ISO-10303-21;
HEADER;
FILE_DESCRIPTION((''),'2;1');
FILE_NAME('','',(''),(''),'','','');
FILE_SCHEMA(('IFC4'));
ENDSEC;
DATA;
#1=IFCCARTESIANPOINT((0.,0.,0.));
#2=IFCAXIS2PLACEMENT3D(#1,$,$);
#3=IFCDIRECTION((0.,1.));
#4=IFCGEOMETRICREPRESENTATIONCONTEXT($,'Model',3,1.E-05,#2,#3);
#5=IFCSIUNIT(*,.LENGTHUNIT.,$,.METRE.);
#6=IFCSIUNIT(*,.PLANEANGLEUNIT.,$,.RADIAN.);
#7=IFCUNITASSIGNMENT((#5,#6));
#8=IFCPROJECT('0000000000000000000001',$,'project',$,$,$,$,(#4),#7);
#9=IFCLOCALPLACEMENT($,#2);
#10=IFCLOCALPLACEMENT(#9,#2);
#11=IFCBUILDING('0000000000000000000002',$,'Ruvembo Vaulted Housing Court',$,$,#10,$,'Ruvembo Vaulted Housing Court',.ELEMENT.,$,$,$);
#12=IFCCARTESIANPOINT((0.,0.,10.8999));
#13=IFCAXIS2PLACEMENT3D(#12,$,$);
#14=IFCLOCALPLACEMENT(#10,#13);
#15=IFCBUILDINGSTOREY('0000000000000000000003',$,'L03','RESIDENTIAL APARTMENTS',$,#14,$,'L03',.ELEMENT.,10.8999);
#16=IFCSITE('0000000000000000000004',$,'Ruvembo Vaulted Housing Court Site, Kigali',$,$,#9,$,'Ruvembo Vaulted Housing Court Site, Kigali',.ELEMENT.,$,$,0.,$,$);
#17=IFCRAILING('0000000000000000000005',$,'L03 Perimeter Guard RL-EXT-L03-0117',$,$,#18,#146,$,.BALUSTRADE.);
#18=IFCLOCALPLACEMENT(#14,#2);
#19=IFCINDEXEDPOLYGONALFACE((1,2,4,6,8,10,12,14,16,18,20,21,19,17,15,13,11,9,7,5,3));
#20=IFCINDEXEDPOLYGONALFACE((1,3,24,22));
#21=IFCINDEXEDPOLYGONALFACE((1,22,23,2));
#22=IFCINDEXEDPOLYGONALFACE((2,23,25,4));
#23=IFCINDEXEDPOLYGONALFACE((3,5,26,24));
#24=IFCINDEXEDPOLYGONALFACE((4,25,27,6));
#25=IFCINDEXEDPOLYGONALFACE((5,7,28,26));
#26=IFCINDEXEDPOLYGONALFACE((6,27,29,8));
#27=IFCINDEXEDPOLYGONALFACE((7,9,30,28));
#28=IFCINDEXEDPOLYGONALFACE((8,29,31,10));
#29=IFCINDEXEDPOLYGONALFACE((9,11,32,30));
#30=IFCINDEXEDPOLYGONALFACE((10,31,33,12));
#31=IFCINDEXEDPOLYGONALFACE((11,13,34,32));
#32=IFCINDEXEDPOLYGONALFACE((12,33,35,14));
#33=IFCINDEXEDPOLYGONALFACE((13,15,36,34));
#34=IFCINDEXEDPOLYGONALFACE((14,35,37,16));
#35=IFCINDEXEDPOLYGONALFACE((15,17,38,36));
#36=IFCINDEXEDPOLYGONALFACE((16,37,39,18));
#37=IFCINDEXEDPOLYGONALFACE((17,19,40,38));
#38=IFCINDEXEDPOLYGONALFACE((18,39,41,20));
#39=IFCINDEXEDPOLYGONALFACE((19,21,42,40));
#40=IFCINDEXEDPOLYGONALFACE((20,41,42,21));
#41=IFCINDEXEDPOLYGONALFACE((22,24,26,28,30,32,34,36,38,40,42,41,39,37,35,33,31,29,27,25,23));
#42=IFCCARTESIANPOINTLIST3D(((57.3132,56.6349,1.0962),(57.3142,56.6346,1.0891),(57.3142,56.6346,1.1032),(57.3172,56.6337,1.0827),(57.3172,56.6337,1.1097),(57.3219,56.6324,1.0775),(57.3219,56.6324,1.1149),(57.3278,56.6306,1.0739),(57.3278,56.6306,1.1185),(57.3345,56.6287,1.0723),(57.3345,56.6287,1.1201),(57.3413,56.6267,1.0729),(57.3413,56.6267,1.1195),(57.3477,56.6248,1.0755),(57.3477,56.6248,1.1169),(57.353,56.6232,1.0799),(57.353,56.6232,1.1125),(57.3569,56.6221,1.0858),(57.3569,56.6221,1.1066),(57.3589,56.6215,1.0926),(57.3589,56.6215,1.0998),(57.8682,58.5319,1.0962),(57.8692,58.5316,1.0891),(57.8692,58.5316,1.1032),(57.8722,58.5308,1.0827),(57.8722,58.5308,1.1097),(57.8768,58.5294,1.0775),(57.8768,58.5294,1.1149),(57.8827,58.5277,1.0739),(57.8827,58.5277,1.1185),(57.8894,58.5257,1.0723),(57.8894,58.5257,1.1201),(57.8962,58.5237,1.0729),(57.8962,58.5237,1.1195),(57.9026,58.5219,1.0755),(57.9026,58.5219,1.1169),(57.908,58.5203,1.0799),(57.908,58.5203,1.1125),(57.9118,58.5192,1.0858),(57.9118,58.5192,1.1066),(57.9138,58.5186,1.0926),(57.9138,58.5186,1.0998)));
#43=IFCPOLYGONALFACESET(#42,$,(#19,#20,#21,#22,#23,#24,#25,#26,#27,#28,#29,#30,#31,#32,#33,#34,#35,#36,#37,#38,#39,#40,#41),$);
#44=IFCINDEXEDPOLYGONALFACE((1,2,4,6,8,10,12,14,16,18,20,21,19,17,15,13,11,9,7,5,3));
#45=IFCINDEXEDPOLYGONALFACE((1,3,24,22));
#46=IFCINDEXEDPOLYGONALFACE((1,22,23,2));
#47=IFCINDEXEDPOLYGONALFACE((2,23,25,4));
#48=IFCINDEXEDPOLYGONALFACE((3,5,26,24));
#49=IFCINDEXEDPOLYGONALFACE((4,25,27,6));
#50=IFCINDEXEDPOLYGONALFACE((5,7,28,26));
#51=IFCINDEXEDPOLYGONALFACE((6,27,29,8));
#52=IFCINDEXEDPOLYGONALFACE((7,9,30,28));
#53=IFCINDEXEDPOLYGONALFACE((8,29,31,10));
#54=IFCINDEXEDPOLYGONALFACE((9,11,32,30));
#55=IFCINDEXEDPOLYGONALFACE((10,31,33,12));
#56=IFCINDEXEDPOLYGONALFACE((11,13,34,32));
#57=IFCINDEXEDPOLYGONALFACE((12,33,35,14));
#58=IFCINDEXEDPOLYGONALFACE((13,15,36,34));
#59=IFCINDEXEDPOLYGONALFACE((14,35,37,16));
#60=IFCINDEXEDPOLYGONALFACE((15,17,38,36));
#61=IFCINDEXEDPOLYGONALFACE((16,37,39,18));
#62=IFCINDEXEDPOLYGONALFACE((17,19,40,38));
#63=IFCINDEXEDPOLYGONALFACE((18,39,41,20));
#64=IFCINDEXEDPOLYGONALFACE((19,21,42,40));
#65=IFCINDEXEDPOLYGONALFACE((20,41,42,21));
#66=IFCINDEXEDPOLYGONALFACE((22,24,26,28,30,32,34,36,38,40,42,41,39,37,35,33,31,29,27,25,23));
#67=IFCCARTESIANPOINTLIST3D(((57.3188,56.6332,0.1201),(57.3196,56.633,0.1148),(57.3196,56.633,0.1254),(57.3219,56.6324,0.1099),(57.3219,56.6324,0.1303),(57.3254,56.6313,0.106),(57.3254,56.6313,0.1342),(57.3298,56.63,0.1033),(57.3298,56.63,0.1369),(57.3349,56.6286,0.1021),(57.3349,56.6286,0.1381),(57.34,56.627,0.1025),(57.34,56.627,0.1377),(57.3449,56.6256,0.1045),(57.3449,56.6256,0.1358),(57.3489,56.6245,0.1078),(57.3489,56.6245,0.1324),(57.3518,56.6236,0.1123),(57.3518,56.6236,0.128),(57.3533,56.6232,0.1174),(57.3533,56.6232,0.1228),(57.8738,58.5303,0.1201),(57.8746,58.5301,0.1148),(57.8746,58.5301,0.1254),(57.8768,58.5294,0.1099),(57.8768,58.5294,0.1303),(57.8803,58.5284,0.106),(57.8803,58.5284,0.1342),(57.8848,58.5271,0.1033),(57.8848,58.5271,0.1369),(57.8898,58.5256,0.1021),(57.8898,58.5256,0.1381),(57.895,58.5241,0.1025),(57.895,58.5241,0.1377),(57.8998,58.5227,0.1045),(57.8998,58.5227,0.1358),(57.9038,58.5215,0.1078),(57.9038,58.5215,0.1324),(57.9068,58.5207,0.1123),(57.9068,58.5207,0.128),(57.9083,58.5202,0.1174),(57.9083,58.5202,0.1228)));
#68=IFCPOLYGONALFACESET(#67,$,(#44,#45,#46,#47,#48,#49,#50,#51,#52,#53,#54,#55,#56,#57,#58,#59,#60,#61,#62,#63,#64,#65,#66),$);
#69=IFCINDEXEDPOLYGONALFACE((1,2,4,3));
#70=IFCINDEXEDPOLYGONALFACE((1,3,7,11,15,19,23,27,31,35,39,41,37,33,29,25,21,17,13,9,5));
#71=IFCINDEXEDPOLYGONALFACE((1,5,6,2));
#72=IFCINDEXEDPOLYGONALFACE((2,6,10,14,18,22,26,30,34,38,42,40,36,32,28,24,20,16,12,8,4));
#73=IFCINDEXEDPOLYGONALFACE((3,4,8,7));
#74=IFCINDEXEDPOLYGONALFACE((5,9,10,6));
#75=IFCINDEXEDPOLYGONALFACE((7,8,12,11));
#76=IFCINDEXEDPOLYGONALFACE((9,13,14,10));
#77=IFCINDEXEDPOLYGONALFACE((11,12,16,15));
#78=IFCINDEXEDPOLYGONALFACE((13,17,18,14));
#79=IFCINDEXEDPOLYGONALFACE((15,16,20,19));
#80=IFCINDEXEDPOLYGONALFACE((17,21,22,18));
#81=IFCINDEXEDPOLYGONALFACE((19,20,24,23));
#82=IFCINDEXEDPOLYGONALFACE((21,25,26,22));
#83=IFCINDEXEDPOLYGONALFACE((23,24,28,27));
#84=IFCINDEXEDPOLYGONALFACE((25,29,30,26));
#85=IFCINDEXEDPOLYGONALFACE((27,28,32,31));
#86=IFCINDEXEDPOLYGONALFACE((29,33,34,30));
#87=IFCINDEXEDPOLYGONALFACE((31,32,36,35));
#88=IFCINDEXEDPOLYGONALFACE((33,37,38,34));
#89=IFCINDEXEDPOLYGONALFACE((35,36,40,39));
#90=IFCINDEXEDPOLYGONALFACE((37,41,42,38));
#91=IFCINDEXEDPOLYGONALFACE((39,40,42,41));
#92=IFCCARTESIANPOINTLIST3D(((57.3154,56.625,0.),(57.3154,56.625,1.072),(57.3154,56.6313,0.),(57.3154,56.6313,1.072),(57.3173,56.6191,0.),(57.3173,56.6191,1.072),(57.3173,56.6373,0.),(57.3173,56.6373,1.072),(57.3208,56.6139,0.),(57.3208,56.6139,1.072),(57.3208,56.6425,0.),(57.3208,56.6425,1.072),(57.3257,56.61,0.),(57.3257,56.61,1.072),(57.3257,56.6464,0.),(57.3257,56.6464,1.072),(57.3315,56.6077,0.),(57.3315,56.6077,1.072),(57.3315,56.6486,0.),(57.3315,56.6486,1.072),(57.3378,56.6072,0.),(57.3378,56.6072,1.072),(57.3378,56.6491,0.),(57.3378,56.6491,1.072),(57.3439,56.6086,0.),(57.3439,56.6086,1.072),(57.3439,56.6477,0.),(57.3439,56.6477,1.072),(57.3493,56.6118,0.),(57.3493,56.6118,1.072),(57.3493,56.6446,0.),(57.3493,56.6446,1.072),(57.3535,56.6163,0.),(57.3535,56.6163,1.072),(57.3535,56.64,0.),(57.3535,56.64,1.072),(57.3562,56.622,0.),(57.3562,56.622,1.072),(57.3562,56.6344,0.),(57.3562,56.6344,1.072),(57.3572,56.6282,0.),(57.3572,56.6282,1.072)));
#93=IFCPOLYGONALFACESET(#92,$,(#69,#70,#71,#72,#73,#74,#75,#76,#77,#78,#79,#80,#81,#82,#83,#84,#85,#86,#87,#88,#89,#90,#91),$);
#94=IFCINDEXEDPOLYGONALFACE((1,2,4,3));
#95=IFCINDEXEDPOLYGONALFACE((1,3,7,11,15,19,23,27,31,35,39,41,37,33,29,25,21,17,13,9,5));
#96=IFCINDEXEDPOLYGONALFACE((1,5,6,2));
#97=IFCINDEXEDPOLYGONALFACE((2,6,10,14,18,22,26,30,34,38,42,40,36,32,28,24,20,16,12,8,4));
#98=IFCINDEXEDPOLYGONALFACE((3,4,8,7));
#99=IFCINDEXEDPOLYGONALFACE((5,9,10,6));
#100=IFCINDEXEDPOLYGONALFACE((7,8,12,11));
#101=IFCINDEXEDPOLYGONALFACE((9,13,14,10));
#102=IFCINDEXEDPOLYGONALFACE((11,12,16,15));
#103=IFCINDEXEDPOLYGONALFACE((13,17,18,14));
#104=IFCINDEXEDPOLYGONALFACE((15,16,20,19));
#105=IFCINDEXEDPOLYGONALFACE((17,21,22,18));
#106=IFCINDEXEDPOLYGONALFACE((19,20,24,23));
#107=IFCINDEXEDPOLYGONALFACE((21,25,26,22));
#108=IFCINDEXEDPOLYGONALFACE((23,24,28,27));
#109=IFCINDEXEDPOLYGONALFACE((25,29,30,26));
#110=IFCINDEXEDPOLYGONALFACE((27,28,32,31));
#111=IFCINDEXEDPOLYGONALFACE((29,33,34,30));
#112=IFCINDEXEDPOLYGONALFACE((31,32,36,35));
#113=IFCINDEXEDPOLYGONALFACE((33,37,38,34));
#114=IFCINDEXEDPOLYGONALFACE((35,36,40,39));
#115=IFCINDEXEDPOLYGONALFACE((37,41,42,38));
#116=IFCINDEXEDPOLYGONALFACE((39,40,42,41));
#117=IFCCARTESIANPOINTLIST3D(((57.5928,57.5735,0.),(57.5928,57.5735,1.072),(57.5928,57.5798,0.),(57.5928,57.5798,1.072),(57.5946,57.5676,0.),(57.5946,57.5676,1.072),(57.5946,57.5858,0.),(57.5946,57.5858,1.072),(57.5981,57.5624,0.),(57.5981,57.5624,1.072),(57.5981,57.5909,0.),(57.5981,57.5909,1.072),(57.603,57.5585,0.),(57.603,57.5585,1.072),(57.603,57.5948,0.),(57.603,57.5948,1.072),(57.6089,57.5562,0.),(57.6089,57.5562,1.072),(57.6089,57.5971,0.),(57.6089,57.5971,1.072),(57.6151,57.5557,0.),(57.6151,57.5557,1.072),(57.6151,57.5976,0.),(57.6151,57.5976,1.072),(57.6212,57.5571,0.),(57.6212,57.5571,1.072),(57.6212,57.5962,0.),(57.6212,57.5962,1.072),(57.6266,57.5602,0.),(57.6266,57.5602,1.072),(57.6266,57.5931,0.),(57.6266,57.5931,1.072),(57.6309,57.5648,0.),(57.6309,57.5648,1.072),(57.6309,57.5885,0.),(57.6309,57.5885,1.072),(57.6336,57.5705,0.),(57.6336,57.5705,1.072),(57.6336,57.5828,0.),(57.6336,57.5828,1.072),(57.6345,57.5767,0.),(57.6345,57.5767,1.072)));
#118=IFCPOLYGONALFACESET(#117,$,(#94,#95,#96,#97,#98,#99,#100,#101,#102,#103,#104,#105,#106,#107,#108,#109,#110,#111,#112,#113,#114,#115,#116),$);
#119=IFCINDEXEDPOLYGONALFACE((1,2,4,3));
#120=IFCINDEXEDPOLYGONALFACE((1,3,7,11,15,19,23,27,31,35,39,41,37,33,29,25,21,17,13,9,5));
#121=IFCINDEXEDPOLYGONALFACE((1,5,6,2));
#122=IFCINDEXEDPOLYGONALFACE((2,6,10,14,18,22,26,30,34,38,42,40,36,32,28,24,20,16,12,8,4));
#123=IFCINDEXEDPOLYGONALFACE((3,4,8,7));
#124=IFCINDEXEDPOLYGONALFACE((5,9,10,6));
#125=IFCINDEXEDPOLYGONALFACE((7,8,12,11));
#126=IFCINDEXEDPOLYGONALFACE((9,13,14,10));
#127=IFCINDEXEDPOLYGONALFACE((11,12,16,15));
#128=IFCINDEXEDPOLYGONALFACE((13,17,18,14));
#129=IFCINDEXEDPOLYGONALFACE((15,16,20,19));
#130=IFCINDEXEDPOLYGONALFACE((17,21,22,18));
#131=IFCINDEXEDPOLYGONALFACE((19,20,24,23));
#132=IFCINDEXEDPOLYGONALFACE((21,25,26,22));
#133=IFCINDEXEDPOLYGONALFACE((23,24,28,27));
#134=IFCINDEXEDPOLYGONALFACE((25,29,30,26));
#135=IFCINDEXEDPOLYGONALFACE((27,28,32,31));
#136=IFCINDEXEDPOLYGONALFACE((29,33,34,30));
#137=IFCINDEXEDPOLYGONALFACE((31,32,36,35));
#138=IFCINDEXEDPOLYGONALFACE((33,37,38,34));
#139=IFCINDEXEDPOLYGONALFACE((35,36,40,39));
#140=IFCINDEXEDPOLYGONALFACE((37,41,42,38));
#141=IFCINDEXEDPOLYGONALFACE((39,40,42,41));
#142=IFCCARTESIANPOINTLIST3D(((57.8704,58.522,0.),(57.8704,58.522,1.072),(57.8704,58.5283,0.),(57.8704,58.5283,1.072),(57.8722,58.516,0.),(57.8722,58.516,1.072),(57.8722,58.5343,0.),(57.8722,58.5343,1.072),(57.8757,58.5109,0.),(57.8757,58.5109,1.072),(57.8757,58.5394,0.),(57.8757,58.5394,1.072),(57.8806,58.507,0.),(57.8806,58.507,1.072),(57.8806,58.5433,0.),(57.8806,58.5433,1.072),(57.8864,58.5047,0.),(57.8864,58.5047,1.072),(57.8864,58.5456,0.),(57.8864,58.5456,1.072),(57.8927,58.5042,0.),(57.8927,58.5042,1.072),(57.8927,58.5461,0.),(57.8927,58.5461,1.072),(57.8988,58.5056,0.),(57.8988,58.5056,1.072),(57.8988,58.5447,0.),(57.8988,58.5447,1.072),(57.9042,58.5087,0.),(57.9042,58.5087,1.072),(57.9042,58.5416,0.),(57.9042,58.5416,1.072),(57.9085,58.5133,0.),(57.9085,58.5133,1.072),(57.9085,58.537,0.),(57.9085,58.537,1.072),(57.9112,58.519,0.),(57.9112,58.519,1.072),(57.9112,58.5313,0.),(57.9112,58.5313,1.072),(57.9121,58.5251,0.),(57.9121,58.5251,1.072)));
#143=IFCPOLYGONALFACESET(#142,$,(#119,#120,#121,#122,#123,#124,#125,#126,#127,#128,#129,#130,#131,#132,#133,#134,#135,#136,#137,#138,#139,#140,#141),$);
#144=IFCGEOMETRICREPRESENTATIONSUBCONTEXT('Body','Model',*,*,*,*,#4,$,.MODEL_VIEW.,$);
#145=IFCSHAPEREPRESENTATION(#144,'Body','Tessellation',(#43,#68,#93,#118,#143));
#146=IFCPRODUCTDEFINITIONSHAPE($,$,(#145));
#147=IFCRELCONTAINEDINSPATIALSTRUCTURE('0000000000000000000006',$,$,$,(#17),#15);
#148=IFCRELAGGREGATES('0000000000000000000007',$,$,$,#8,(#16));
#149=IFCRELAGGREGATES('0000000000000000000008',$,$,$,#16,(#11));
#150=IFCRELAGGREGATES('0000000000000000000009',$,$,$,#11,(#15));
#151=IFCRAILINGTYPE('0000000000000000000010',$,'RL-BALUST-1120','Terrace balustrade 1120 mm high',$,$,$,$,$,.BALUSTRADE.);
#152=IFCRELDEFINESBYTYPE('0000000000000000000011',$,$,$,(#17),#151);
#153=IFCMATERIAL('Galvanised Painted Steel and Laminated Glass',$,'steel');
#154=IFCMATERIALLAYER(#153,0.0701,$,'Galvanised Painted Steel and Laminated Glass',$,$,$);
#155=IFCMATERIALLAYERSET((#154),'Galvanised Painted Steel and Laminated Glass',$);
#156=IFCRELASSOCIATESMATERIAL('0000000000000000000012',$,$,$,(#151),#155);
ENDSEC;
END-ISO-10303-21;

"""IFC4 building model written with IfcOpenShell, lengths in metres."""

from ifc_helpers import new_model, si_unit, direction, frame, origin, origin_2d, place, context, subcontext, project, spatial, circle, extrude, material, layer, layer_set, type_object, element, save


model = new_model("IFC4")

# Units and contexts
model_context = context("Model", 3, precision=1e-05, world=origin(), true_north=direction((0.0, 1.0)))
body_context = subcontext(model_context, "Body", "Model", "MODEL_VIEW")
ifc_project = project(units=[si_unit("LENGTHUNIT", "METRE"), si_unit("PLANEANGLEUNIT", "RADIAN")], contexts=[model_context])

# Site, building, storey
site_placement = place(None, origin())
site = spatial("IfcSite", under=ifc_project, at=site_placement, Name="Ruvembo Vaulted Housing Court Site, Kigali", LongName="Ruvembo Vaulted Housing Court Site, Kigali", CompositionType="ELEMENT", RefElevation=0.0)
building_placement = place(site_placement, origin())
building = spatial("IfcBuilding", under=site, at=building_placement, Name="Ruvembo Vaulted Housing Court", LongName="Ruvembo Vaulted Housing Court", CompositionType="ELEMENT")
storey_placement = place(building_placement, frame((0.0, 0.0, 10.8999)))
storey = spatial("IfcBuildingStorey", under=building, at=storey_placement, Name="L03", Description="RESIDENTIAL APARTMENTS", LongName="L03", CompositionType="ELEMENT", Elevation=10.8999)

# Railing
ifc_material_1 = material(Name="Galvanised Painted Steel and Laminated Glass", Category="steel")
ifc_layer_1 = layer(ifc_material_1, 0.0701, Name="Galvanised Painted Steel and Laminated Glass")
ifc_layer_set_1 = layer_set([ifc_layer_1], Name="Galvanised Painted Steel and Laminated Glass")
railing_type = type_object("IfcRailingType", Name="RL-BALUST-1120", Description="Terrace balustrade 1120 mm high", PredefinedType="BALUSTRADE", material=ifc_layer_set_1)
railing_1_placement = place(storey_placement, frame((57.3362, 56.6282, 0.0)))
element("IfcRailing", 1, at=railing_1_placement, inside=storey, type_object=railing_type, Name="L03 Perimeter Guard RL-EXT-L03-0117", PredefinedType="BALUSTRADE", context=body_context, shape_type="SweptSolid", body=[
    extrude(circle(Radius=0.0239, at=origin_2d()), frame((0.0, 0.0, 1.0962), z_axis=(0.280768, 0.959776, 0.0), x_axis=(-0.959776, 0.280768, 0.0)), (0.0, 0.0, 1.0), 1.9766),
    extrude(circle(Radius=0.0181, at=origin_2d()), frame((0.0, 0.0, 0.1201), z_axis=(0.280768, 0.959776, 0.0), x_axis=(-0.959776, 0.280768, 0.0)), (0.0, 0.0, 1.0), 1.9766),
    extrude(circle(Radius=0.021, at=origin_2d()), origin(), (0.0, 0.0, 1.0), 1.072),
    extrude(circle(Radius=0.021, at=origin_2d()), frame((0.2773, 0.9485, 0.0)), (0.0, 0.0, 1.0), 1.072),
    extrude(circle(Radius=0.021, at=origin_2d()), frame((0.5549, 1.897, 0.0)), (0.0, 0.0, 1.0), 1.072),
])

save(model, "model.ifc")
